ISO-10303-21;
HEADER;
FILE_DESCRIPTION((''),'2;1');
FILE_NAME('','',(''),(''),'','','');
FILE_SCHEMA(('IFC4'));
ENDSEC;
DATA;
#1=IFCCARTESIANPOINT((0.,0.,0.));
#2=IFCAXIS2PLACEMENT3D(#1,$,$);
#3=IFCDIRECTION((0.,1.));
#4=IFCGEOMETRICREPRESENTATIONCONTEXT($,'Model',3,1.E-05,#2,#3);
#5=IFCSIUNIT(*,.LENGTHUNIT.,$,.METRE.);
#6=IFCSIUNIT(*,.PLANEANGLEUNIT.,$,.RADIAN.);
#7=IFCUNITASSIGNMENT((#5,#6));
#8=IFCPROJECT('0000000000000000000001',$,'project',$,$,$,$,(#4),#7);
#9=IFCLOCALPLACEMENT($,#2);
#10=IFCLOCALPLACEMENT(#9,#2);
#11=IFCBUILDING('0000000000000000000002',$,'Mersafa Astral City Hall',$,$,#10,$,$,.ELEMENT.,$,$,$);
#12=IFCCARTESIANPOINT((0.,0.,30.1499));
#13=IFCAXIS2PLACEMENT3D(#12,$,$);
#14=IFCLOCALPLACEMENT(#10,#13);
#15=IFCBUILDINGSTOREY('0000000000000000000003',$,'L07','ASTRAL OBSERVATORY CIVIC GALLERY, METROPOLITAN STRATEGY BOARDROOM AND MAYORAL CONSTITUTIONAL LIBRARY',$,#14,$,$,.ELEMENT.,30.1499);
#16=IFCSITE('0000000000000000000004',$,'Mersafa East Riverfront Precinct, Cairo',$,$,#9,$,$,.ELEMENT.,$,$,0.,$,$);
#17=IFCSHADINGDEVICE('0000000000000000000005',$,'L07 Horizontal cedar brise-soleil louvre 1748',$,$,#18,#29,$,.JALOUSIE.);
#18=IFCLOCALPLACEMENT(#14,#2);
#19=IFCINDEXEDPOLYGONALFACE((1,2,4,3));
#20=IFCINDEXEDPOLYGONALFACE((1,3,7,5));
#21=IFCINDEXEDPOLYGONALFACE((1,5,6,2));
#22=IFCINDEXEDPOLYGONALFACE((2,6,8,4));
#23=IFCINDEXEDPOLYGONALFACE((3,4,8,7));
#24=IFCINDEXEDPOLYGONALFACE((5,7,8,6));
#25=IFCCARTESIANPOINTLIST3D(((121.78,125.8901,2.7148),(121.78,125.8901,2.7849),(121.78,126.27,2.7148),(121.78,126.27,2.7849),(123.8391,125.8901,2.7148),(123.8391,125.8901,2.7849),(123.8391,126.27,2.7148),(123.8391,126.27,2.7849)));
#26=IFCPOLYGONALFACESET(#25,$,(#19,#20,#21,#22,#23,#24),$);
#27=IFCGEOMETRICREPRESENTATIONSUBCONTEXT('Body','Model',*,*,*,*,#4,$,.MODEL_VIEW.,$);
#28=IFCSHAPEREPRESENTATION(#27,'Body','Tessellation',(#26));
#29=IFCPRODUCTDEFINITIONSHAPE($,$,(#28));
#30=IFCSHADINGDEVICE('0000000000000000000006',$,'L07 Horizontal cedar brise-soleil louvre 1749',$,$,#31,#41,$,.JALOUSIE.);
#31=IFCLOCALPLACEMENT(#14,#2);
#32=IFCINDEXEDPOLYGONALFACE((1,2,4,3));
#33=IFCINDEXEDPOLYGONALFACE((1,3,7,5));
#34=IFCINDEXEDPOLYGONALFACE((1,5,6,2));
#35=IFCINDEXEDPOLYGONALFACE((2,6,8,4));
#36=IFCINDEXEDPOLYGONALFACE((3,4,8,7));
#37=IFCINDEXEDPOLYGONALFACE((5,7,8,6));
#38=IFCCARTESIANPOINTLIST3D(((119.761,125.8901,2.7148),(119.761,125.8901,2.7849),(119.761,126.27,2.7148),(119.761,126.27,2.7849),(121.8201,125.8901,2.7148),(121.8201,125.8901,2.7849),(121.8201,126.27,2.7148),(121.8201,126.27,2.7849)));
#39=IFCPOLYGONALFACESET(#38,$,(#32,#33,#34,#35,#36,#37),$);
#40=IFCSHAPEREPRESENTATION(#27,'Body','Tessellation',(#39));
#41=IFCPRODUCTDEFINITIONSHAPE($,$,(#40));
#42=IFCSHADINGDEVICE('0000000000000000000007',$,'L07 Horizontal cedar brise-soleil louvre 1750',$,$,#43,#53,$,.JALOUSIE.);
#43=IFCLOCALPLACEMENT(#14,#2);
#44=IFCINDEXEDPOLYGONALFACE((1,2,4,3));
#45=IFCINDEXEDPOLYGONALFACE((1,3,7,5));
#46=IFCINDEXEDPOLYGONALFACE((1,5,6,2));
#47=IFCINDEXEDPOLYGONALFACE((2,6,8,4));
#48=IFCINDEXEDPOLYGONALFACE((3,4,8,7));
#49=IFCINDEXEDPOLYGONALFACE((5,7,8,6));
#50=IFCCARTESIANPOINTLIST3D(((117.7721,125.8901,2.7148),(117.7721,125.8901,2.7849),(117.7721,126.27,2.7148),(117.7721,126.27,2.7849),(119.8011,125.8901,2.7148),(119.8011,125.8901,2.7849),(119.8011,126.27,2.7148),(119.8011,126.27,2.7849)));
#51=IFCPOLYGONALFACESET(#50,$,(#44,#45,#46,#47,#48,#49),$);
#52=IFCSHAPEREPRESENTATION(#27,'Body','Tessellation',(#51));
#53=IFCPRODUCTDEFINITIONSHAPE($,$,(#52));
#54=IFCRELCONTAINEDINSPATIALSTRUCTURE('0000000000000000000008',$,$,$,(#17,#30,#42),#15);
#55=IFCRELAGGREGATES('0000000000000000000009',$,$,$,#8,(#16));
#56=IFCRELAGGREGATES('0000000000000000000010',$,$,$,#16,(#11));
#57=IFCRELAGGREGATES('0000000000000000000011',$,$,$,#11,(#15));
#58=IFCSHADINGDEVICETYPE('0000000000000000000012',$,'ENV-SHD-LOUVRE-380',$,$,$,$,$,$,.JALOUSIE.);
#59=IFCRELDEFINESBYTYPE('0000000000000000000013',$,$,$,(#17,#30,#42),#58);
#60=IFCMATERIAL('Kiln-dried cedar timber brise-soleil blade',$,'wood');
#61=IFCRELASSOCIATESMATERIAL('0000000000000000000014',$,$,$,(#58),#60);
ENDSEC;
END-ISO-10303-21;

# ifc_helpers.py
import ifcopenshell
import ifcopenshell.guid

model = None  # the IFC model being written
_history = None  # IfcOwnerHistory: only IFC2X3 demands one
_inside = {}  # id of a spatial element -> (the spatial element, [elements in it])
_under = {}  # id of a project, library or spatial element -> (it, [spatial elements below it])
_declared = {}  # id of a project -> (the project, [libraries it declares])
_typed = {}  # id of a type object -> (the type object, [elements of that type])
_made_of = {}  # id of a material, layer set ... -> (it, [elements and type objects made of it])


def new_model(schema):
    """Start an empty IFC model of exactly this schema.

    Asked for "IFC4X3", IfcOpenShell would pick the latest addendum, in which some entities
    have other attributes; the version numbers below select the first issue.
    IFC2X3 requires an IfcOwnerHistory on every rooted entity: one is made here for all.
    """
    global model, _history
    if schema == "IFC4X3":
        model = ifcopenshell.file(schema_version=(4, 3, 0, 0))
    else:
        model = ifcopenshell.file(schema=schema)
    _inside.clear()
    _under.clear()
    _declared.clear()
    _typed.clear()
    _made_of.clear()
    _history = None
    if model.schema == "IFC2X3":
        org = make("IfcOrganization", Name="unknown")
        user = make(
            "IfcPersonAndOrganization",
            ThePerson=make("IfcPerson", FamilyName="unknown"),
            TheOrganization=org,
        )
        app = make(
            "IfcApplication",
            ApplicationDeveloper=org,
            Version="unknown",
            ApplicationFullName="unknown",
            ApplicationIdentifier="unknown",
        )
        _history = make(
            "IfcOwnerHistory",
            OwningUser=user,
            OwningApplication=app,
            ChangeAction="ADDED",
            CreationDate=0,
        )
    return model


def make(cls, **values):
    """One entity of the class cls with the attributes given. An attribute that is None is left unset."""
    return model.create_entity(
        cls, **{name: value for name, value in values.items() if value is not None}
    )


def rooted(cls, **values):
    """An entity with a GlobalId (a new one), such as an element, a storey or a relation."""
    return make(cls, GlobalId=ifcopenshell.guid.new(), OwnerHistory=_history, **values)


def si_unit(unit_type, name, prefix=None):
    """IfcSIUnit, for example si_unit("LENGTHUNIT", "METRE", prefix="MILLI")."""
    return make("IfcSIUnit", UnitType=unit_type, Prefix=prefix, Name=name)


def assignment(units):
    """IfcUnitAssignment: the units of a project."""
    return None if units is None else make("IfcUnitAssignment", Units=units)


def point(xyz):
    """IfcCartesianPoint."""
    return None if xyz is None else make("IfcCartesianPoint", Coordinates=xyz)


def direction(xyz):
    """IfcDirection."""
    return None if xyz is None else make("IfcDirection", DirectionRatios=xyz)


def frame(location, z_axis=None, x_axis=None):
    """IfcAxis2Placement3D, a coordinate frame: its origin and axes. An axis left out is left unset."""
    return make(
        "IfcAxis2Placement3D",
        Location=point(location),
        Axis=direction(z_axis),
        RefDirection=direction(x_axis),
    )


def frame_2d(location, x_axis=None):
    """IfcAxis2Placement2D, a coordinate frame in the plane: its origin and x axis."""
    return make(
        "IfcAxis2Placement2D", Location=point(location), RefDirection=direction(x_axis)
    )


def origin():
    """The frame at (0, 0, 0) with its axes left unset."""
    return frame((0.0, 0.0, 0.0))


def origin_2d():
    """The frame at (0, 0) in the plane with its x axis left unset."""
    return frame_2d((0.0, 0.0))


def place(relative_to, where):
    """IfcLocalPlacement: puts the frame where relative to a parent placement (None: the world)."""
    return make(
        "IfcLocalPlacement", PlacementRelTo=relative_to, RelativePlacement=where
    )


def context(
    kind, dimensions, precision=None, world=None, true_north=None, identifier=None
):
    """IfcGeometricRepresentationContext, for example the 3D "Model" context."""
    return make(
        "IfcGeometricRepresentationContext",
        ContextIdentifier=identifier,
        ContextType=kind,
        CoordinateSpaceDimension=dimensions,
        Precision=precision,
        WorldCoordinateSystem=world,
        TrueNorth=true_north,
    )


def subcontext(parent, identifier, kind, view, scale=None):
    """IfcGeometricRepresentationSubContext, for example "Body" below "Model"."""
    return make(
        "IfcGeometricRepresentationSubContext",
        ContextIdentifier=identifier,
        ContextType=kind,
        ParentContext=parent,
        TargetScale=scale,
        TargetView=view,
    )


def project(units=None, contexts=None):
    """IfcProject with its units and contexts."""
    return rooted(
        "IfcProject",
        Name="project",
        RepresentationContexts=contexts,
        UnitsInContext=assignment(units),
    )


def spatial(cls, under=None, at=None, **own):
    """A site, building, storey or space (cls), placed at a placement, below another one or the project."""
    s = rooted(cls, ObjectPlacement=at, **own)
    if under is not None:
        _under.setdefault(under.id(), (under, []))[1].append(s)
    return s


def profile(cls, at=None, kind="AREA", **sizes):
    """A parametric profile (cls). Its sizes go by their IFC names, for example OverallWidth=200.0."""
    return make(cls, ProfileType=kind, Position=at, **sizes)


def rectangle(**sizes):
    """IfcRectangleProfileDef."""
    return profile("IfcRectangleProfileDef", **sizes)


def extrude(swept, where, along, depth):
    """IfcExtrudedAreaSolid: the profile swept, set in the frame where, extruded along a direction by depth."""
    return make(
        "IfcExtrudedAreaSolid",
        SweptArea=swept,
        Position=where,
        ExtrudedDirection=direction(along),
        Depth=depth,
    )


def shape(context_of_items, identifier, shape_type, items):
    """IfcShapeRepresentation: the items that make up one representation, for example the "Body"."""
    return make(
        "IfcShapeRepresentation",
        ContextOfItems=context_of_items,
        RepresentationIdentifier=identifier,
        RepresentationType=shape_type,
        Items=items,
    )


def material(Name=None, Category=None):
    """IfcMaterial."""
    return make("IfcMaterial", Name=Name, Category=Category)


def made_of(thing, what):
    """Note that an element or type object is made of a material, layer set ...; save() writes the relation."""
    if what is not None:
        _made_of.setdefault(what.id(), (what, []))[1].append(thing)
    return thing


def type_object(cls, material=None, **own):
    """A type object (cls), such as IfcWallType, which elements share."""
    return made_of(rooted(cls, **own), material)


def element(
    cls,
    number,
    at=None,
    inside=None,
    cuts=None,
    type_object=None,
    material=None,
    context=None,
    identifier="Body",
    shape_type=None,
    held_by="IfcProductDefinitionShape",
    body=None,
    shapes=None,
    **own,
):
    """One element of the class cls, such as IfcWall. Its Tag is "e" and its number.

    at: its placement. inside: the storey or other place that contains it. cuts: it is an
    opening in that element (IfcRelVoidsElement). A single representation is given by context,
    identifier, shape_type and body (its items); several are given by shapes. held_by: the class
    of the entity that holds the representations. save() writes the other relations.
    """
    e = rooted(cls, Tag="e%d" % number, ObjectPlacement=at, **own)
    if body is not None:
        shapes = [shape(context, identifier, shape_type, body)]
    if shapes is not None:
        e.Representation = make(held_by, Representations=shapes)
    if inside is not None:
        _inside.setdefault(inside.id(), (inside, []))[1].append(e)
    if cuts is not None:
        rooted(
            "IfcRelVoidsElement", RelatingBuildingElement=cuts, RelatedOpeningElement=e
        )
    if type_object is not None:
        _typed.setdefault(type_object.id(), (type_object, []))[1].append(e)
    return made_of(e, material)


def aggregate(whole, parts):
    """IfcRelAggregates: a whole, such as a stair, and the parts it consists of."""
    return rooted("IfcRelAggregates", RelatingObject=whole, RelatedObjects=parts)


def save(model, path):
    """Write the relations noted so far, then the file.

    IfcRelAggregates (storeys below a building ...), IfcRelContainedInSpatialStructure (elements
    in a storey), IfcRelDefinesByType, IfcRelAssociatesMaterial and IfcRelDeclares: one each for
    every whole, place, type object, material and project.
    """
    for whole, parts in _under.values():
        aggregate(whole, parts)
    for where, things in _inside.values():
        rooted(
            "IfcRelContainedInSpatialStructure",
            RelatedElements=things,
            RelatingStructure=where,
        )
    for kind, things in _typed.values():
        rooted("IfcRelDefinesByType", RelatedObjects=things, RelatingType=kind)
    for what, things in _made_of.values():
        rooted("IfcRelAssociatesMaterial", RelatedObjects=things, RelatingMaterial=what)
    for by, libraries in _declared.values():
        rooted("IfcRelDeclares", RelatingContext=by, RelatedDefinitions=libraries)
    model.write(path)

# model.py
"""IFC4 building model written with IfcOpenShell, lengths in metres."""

from ifc_helpers import new_model, si_unit, direction, frame, origin, origin_2d, place, context, subcontext, project, spatial, rectangle, extrude, material, type_object, element, save


model = new_model("IFC4")

# Units and contexts
model_context = context("Model", 3, precision=1e-05, world=origin(), true_north=direction((0.0, 1.0)))
body_context = subcontext(model_context, "Body", "Model", "MODEL_VIEW")
ifc_project = project(units=[si_unit("LENGTHUNIT", "METRE"), si_unit("PLANEANGLEUNIT", "RADIAN")], contexts=[model_context])

# Site, building, storey
site_placement = place(None, origin())
site = spatial("IfcSite", under=ifc_project, at=site_placement, Name="Mersafa East Riverfront Precinct, Cairo", CompositionType="ELEMENT", RefElevation=0.0)
building_placement = place(site_placement, origin())
building = spatial("IfcBuilding", under=site, at=building_placement, Name="Mersafa Astral City Hall", CompositionType="ELEMENT")
storey_placement = place(building_placement, frame((0.0, 0.0, 30.1499)))
storey = spatial("IfcBuildingStorey", under=building, at=storey_placement, Name="L07", Description="ASTRAL OBSERVATORY CIVIC GALLERY, METROPOLITAN STRATEGY BOARDROOM AND MAYORAL CONSTITUTIONAL LIBRARY", CompositionType="ELEMENT", Elevation=30.1499)

# Shading devices
ifc_material_1 = material(Name="Kiln-dried cedar timber brise-soleil blade", Category="wood")
shading_device_type = type_object("IfcShadingDeviceType", Name="ENV-SHD-LOUVRE-380", PredefinedType="JALOUSIE", material=ifc_material_1)
for number, where, z_axis, x_axis, name in (
    (1, (122.8096, 126.0801, 2.7148), (0.0, 0.0, 1.0), (-1.0, 0.0, 0.0), "L07 Horizontal cedar brise-soleil louvre 1748"),
    (2, (120.7905, 126.0801, 2.7148), (0.0, 0.0, 1.0), (-1.0, 0.0, 0.0), "L07 Horizontal cedar brise-soleil louvre 1749"),
):
    element("IfcShadingDevice", number, at=place(storey_placement, frame(where, z_axis=z_axis, x_axis=x_axis)), inside=storey, type_object=shading_device_type, Name=name, PredefinedType="JALOUSIE", context=body_context, shape_type="SweptSolid", body=[
        extrude(rectangle(XDim=2.0591, YDim=0.3799, at=origin_2d()), origin(), (0.0, 0.0, 1.0), 0.0701),
    ])
shading_device_1_placement = place(storey_placement, frame((118.7866, 126.0801, 2.7148), z_axis=(0.0, 0.0, 1.0), x_axis=(-1.0, 0.0, 0.0)))
element("IfcShadingDevice", 3, at=shading_device_1_placement, inside=storey, type_object=shading_device_type, Name="L07 Horizontal cedar brise-soleil louvre 1750", PredefinedType="JALOUSIE", context=body_context, shape_type="SweptSolid", body=[
    extrude(rectangle(XDim=2.0291, YDim=0.3799, at=origin_2d()), origin(), (0.0, 0.0, 1.0), 0.0701),
])

save(model, "model.ifc")
